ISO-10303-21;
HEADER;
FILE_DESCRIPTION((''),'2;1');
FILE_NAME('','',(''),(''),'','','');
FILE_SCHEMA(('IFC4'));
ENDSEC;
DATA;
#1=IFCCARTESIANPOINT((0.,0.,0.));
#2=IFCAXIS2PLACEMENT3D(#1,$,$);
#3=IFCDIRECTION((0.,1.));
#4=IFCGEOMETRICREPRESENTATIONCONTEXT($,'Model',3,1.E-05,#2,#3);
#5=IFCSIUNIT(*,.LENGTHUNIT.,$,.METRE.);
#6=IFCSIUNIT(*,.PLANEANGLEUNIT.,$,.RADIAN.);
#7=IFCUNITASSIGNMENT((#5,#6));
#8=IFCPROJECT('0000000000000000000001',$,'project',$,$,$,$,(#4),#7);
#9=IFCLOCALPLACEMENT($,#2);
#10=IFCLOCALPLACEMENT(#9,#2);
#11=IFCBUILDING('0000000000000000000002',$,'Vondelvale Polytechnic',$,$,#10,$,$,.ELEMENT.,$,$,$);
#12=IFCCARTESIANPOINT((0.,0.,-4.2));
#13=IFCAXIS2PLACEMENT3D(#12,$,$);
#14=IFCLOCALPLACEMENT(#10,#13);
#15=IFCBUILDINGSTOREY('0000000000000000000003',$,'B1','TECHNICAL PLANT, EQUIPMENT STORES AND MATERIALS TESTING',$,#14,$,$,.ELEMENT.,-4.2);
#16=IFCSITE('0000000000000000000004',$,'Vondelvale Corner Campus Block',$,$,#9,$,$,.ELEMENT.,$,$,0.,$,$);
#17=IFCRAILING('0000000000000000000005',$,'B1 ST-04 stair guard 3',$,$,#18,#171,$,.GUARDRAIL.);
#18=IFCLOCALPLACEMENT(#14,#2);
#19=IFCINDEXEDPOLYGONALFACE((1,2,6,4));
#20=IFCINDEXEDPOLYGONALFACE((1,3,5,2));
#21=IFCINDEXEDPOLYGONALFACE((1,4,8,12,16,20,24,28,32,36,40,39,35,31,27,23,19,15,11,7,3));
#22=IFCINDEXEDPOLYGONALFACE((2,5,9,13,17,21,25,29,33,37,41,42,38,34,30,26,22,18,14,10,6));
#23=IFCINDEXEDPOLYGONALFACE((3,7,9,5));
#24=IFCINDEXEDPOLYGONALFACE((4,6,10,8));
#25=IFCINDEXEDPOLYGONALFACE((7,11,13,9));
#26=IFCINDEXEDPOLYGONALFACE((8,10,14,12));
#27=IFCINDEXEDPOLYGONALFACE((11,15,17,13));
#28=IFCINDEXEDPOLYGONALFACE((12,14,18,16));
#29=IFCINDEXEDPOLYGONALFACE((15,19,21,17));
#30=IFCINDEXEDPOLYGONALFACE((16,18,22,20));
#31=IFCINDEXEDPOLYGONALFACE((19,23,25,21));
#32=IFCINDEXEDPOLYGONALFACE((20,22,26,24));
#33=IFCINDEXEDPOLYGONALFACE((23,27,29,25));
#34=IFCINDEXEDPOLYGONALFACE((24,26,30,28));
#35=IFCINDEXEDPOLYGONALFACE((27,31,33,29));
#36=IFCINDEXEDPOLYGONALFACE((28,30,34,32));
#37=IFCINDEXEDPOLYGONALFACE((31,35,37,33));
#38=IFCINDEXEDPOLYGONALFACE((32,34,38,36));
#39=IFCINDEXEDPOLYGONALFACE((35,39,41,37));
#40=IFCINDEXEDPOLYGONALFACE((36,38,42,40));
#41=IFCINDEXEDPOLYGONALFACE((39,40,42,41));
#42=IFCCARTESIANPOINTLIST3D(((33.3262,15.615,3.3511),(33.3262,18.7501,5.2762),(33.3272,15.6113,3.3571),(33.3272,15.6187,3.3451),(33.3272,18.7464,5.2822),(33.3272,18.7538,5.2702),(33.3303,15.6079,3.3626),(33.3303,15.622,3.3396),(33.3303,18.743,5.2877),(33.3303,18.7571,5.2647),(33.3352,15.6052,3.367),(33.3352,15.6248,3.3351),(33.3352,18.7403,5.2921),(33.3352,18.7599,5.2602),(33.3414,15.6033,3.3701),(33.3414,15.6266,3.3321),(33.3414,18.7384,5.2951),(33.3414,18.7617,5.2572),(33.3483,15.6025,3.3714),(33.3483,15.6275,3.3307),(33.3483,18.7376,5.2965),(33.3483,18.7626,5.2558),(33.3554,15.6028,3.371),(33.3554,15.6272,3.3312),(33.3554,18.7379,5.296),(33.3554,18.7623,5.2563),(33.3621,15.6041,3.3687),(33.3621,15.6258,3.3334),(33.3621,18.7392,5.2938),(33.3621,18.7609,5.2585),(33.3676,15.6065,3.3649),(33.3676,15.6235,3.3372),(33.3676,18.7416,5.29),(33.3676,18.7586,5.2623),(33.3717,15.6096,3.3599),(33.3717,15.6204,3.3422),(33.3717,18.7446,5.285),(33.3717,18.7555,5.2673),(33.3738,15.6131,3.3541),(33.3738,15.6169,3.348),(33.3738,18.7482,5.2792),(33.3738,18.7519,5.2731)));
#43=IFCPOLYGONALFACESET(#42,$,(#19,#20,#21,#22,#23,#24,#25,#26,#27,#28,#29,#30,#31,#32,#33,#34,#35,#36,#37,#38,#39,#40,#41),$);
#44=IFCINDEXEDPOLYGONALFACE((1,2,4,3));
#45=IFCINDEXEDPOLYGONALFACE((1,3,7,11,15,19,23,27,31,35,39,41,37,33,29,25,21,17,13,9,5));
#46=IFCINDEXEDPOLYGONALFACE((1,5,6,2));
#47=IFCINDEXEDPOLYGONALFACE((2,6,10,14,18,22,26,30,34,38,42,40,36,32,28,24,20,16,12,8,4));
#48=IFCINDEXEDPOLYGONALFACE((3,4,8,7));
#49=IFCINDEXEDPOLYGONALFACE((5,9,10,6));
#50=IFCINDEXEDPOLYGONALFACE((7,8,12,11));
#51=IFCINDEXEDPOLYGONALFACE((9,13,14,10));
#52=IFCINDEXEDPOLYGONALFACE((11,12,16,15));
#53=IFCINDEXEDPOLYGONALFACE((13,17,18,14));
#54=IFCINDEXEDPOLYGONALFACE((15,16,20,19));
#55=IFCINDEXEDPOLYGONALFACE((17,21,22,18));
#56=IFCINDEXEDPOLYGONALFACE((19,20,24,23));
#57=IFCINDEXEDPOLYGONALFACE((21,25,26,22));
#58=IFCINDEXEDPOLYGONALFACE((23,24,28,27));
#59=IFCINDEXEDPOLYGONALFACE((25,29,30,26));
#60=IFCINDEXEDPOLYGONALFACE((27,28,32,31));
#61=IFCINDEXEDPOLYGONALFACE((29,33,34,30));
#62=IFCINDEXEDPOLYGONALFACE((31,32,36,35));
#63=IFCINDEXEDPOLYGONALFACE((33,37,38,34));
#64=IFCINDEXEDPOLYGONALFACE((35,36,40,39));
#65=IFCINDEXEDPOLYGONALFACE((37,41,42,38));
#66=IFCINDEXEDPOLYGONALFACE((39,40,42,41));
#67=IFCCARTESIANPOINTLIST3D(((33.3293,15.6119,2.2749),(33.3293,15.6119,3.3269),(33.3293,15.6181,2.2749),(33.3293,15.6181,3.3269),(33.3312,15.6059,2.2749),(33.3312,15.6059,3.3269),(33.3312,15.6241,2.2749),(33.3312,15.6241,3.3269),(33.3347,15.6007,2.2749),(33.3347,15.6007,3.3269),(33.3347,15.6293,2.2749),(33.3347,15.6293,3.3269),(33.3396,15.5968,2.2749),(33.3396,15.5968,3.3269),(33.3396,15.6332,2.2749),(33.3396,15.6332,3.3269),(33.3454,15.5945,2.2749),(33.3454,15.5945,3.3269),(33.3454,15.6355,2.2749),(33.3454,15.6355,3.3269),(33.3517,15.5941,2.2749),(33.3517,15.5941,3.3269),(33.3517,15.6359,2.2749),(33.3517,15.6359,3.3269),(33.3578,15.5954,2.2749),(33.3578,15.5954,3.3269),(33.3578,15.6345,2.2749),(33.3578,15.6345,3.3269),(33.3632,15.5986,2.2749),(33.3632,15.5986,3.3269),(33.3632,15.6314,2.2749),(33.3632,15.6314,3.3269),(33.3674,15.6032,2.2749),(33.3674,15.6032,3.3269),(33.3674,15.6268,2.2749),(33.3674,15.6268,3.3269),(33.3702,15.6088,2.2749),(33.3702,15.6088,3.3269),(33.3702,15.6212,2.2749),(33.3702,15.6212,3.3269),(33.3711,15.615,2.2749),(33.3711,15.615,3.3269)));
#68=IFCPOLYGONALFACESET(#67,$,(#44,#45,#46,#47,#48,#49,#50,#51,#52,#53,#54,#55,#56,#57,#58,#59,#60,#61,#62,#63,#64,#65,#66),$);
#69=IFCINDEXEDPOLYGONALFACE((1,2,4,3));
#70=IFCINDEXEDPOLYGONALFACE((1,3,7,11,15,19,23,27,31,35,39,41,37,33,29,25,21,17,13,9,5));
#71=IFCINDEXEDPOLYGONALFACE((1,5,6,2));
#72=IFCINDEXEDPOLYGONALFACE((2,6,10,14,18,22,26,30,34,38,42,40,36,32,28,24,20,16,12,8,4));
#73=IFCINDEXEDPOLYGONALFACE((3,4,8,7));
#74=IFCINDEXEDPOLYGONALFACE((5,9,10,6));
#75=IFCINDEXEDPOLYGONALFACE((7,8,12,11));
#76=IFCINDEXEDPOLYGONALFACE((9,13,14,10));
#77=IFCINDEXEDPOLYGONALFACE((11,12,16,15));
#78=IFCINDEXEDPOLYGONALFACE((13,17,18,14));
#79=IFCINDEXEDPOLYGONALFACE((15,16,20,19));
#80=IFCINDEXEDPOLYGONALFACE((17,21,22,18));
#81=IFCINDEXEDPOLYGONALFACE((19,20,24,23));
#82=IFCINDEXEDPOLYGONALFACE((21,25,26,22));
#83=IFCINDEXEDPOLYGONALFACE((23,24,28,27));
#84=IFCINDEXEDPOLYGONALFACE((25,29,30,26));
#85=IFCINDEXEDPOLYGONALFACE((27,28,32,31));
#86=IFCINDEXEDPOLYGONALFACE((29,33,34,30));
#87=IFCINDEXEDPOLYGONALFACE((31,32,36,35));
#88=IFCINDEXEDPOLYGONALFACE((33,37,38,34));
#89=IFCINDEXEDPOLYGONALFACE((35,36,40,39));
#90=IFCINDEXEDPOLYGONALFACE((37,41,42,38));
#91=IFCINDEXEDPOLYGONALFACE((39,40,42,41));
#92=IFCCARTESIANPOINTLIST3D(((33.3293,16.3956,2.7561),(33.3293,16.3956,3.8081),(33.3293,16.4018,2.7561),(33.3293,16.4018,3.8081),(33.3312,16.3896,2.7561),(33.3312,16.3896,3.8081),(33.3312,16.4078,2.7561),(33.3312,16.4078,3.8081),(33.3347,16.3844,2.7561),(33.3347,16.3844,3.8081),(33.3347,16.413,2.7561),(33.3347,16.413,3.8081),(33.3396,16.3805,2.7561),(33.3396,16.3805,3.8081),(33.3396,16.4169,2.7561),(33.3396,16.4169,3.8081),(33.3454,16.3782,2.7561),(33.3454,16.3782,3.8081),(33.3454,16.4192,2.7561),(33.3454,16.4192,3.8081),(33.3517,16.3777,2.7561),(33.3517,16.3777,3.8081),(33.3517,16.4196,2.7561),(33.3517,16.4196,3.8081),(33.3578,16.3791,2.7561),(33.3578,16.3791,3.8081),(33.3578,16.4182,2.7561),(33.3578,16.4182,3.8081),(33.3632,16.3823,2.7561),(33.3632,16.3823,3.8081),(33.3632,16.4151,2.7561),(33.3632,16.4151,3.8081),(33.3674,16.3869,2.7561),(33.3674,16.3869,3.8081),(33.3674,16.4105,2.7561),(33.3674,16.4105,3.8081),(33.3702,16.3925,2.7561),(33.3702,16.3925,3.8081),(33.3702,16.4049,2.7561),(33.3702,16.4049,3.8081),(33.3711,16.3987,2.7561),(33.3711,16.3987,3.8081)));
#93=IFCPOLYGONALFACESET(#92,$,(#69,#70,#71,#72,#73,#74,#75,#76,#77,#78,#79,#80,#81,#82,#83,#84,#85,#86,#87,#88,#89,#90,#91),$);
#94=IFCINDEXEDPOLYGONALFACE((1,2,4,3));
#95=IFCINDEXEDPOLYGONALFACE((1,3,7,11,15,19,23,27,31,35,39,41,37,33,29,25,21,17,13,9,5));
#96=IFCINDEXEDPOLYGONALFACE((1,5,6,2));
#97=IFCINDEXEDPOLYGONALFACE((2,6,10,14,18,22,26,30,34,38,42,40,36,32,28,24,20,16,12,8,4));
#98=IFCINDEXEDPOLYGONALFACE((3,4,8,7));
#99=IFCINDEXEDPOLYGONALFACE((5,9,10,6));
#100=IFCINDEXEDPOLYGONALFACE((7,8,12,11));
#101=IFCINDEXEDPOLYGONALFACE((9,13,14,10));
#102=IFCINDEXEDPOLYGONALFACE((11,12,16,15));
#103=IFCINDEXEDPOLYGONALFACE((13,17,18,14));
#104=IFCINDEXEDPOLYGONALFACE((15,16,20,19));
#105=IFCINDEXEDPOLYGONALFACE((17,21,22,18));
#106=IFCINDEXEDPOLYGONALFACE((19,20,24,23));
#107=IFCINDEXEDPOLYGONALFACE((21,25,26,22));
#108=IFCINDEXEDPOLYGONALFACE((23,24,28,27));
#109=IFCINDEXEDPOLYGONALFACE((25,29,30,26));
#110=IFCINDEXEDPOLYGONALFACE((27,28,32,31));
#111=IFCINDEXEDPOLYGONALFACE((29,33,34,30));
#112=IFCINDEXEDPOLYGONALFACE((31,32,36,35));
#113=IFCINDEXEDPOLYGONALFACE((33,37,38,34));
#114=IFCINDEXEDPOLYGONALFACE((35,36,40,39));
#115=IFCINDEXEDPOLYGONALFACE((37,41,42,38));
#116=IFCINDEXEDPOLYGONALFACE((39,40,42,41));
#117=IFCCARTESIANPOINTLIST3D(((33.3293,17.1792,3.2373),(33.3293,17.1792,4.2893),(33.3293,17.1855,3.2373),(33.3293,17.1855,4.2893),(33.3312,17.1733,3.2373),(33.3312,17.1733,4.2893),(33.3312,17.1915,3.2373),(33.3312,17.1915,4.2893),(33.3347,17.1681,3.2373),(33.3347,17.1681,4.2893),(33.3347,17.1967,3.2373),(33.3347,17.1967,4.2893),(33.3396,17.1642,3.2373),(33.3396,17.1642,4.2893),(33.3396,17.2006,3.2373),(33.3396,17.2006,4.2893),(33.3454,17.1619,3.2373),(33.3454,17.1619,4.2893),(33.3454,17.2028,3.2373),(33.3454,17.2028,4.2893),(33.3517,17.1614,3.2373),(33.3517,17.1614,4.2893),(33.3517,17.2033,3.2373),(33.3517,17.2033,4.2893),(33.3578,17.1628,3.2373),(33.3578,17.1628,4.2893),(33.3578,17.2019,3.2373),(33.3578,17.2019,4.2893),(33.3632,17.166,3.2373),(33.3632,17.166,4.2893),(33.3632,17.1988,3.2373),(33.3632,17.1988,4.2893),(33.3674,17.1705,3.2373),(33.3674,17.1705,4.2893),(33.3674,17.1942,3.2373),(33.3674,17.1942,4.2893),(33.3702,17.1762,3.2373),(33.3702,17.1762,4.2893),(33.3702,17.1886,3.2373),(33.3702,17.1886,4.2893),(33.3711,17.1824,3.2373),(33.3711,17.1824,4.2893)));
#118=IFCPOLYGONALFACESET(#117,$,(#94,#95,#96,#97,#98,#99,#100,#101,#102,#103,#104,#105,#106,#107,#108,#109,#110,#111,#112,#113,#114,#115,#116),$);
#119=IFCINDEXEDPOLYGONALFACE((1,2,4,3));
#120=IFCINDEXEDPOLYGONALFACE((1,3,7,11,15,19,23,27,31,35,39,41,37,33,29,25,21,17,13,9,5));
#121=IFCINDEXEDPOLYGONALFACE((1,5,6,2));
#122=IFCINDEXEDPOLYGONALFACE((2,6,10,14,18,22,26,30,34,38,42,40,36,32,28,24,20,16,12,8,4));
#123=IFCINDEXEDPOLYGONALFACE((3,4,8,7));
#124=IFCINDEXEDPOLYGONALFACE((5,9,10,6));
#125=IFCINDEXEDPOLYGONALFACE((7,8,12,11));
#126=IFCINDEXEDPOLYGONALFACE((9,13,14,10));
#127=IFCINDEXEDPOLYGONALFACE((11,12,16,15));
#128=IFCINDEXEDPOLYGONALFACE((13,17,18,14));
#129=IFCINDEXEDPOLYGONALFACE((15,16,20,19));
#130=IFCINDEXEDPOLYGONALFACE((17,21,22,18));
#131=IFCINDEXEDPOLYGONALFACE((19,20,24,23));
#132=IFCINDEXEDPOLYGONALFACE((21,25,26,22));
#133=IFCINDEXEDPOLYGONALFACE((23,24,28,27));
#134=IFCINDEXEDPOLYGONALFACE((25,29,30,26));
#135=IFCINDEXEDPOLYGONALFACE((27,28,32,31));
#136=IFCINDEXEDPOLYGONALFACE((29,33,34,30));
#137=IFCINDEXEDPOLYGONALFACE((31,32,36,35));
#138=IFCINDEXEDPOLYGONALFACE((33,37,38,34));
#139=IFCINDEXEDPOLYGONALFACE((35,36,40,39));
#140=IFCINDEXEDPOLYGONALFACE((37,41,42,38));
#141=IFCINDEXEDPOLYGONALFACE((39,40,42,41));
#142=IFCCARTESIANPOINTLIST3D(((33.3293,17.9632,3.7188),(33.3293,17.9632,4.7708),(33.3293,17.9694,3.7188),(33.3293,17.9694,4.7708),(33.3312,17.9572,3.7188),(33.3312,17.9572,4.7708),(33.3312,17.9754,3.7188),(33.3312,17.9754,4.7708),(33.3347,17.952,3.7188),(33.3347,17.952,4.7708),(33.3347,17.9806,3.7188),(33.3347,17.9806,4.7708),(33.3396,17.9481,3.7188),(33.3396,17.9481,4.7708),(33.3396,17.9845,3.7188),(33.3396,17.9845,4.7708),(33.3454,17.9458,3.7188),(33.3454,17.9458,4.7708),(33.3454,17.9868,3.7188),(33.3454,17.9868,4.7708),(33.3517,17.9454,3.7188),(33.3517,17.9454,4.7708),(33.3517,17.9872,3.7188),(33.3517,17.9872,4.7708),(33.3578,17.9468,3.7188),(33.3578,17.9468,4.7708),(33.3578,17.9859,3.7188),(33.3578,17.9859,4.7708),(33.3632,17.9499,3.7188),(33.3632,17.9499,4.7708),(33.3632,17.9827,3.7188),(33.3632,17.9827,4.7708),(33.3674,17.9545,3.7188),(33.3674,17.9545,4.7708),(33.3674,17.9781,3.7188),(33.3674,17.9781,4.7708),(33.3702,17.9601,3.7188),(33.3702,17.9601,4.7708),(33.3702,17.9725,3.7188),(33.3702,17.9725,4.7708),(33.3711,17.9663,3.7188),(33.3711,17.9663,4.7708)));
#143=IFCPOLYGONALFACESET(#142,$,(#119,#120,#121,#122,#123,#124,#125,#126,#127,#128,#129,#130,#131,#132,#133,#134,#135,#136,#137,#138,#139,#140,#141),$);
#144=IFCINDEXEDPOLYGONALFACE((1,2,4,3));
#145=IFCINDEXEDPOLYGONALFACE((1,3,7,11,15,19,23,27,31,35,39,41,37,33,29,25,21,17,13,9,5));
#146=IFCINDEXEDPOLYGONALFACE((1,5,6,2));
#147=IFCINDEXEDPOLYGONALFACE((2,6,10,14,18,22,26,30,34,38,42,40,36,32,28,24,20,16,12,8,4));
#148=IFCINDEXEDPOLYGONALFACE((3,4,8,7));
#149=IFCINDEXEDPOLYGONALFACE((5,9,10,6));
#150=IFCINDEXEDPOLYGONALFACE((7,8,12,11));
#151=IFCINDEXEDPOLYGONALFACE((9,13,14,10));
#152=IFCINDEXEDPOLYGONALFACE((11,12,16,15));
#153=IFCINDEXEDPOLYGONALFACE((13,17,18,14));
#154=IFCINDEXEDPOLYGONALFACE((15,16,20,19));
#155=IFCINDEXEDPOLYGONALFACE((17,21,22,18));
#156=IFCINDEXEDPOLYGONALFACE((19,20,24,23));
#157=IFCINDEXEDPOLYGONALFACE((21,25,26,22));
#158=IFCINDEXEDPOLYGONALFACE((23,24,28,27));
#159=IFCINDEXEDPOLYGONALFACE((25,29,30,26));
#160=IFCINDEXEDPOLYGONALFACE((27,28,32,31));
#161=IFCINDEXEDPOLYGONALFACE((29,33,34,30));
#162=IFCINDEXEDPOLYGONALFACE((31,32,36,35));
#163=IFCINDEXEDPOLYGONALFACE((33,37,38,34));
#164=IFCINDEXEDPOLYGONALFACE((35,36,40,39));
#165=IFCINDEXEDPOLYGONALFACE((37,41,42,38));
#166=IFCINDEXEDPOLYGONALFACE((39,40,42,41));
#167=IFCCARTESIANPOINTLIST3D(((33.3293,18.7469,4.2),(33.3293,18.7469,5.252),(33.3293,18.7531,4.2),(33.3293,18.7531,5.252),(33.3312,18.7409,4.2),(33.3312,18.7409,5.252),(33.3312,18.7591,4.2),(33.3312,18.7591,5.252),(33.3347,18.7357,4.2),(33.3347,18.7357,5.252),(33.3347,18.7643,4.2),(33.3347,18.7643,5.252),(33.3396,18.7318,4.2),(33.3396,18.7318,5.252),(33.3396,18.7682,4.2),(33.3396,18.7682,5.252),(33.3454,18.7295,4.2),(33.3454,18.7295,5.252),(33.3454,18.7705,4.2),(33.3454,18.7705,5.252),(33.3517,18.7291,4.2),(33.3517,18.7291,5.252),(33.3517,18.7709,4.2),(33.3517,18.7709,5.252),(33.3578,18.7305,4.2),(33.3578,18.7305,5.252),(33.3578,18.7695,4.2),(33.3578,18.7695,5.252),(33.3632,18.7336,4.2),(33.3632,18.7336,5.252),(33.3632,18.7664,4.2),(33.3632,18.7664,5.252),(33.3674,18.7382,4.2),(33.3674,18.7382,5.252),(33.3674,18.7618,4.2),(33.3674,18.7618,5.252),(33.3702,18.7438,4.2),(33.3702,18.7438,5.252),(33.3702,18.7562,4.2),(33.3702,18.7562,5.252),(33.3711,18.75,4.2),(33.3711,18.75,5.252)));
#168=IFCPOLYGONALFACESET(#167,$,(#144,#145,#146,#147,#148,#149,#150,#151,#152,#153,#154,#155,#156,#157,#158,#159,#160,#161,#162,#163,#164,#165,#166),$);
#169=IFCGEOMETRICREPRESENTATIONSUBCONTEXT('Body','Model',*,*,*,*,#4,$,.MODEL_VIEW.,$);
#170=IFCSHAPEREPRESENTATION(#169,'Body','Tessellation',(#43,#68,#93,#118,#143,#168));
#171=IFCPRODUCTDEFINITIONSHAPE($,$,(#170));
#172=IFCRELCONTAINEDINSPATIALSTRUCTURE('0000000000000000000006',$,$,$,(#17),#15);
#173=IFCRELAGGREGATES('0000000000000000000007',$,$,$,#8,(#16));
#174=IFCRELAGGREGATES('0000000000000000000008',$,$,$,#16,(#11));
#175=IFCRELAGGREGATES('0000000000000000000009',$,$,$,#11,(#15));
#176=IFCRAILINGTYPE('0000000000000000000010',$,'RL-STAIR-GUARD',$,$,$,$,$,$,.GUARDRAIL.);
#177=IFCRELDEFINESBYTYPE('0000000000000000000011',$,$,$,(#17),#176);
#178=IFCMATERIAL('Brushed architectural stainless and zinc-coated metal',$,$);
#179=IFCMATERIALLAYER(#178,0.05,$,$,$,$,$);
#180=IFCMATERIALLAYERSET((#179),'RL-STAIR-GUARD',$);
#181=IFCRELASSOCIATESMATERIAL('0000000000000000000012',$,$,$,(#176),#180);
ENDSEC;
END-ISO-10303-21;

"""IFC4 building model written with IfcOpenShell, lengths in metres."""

from ifc_helpers import new_model, si_unit, direction, frame, origin, origin_2d, place, context, subcontext, project, spatial, circle, extrude, material, layer, layer_set, type_object, element, save


model = new_model("IFC4")

# Units and contexts
model_context = context("Model", 3, precision=1e-05, world=origin(), true_north=direction((0.0, 1.0)))
body_context = subcontext(model_context, "Body", "Model", "MODEL_VIEW")
ifc_project = project(units=[si_unit("LENGTHUNIT", "METRE"), si_unit("PLANEANGLEUNIT", "RADIAN")], contexts=[model_context])

# Site, building, storey
site_placement = place(None, origin())
site = spatial("IfcSite", under=ifc_project, at=site_placement, Name="Vondelvale Corner Campus Block", CompositionType="ELEMENT", RefElevation=0.0)
building_placement = place(site_placement, origin())
building = spatial("IfcBuilding", under=site, at=building_placement, Name="Vondelvale Polytechnic", CompositionType="ELEMENT")
storey_placement = place(building_placement, frame((0.0, 0.0, -4.2)))
storey = spatial("IfcBuildingStorey", under=building, at=storey_placement, Name="B1", Description="TECHNICAL PLANT, EQUIPMENT STORES AND MATERIALS TESTING", CompositionType="ELEMENT", Elevation=-4.2)

# Railing
ifc_material_1 = material(Name="Brushed architectural stainless and zinc-coated metal")
ifc_layer_1 = layer(ifc_material_1, 0.05)
ifc_layer_set_1 = layer_set([ifc_layer_1], Name="RL-STAIR-GUARD")
railing_type = type_object("IfcRailingType", Name="RL-STAIR-GUARD", PredefinedType="GUARDRAIL", material=ifc_layer_set_1)
railing_1_placement = place(storey_placement, frame((33.3501, 15.615, 2.2749)))
element("IfcRailing", 1, at=railing_1_placement, inside=storey, type_object=railing_type, Name="B1 ST-04 stair guard 3", PredefinedType="GUARDRAIL", context=body_context, shape_type="SweptSolid", body=[
    extrude(circle(Radius=0.0239, at=origin_2d()), frame((0.0, 0.0, 1.0762), z_axis=(0.0, 0.852166, 0.523271), x_axis=(-1.0, 0.0, 0.0)), (0.0, 0.0, 1.0), 3.679),
    extrude(circle(Radius=0.021, at=origin_2d()), origin(), (0.0, 0.0, 1.0), 1.052),
    extrude(circle(Radius=0.021, at=origin_2d()), frame((0.0, 0.7837, 0.4812)), (0.0, 0.0, 1.0), 1.052),
    extrude(circle(Radius=0.021, at=origin_2d()), frame((0.0, 1.5674, 0.9624)), (0.0, 0.0, 1.0), 1.052),
    extrude(circle(Radius=0.021, at=origin_2d()), frame((0.0, 2.3513, 1.4438)), (0.0, 0.0, 1.0), 1.052),
    extrude(circle(Radius=0.021, at=origin_2d()), frame((0.0, 3.135, 1.925)), (0.0, 0.0, 1.0), 1.052),
])

save(model, "model.ifc")
